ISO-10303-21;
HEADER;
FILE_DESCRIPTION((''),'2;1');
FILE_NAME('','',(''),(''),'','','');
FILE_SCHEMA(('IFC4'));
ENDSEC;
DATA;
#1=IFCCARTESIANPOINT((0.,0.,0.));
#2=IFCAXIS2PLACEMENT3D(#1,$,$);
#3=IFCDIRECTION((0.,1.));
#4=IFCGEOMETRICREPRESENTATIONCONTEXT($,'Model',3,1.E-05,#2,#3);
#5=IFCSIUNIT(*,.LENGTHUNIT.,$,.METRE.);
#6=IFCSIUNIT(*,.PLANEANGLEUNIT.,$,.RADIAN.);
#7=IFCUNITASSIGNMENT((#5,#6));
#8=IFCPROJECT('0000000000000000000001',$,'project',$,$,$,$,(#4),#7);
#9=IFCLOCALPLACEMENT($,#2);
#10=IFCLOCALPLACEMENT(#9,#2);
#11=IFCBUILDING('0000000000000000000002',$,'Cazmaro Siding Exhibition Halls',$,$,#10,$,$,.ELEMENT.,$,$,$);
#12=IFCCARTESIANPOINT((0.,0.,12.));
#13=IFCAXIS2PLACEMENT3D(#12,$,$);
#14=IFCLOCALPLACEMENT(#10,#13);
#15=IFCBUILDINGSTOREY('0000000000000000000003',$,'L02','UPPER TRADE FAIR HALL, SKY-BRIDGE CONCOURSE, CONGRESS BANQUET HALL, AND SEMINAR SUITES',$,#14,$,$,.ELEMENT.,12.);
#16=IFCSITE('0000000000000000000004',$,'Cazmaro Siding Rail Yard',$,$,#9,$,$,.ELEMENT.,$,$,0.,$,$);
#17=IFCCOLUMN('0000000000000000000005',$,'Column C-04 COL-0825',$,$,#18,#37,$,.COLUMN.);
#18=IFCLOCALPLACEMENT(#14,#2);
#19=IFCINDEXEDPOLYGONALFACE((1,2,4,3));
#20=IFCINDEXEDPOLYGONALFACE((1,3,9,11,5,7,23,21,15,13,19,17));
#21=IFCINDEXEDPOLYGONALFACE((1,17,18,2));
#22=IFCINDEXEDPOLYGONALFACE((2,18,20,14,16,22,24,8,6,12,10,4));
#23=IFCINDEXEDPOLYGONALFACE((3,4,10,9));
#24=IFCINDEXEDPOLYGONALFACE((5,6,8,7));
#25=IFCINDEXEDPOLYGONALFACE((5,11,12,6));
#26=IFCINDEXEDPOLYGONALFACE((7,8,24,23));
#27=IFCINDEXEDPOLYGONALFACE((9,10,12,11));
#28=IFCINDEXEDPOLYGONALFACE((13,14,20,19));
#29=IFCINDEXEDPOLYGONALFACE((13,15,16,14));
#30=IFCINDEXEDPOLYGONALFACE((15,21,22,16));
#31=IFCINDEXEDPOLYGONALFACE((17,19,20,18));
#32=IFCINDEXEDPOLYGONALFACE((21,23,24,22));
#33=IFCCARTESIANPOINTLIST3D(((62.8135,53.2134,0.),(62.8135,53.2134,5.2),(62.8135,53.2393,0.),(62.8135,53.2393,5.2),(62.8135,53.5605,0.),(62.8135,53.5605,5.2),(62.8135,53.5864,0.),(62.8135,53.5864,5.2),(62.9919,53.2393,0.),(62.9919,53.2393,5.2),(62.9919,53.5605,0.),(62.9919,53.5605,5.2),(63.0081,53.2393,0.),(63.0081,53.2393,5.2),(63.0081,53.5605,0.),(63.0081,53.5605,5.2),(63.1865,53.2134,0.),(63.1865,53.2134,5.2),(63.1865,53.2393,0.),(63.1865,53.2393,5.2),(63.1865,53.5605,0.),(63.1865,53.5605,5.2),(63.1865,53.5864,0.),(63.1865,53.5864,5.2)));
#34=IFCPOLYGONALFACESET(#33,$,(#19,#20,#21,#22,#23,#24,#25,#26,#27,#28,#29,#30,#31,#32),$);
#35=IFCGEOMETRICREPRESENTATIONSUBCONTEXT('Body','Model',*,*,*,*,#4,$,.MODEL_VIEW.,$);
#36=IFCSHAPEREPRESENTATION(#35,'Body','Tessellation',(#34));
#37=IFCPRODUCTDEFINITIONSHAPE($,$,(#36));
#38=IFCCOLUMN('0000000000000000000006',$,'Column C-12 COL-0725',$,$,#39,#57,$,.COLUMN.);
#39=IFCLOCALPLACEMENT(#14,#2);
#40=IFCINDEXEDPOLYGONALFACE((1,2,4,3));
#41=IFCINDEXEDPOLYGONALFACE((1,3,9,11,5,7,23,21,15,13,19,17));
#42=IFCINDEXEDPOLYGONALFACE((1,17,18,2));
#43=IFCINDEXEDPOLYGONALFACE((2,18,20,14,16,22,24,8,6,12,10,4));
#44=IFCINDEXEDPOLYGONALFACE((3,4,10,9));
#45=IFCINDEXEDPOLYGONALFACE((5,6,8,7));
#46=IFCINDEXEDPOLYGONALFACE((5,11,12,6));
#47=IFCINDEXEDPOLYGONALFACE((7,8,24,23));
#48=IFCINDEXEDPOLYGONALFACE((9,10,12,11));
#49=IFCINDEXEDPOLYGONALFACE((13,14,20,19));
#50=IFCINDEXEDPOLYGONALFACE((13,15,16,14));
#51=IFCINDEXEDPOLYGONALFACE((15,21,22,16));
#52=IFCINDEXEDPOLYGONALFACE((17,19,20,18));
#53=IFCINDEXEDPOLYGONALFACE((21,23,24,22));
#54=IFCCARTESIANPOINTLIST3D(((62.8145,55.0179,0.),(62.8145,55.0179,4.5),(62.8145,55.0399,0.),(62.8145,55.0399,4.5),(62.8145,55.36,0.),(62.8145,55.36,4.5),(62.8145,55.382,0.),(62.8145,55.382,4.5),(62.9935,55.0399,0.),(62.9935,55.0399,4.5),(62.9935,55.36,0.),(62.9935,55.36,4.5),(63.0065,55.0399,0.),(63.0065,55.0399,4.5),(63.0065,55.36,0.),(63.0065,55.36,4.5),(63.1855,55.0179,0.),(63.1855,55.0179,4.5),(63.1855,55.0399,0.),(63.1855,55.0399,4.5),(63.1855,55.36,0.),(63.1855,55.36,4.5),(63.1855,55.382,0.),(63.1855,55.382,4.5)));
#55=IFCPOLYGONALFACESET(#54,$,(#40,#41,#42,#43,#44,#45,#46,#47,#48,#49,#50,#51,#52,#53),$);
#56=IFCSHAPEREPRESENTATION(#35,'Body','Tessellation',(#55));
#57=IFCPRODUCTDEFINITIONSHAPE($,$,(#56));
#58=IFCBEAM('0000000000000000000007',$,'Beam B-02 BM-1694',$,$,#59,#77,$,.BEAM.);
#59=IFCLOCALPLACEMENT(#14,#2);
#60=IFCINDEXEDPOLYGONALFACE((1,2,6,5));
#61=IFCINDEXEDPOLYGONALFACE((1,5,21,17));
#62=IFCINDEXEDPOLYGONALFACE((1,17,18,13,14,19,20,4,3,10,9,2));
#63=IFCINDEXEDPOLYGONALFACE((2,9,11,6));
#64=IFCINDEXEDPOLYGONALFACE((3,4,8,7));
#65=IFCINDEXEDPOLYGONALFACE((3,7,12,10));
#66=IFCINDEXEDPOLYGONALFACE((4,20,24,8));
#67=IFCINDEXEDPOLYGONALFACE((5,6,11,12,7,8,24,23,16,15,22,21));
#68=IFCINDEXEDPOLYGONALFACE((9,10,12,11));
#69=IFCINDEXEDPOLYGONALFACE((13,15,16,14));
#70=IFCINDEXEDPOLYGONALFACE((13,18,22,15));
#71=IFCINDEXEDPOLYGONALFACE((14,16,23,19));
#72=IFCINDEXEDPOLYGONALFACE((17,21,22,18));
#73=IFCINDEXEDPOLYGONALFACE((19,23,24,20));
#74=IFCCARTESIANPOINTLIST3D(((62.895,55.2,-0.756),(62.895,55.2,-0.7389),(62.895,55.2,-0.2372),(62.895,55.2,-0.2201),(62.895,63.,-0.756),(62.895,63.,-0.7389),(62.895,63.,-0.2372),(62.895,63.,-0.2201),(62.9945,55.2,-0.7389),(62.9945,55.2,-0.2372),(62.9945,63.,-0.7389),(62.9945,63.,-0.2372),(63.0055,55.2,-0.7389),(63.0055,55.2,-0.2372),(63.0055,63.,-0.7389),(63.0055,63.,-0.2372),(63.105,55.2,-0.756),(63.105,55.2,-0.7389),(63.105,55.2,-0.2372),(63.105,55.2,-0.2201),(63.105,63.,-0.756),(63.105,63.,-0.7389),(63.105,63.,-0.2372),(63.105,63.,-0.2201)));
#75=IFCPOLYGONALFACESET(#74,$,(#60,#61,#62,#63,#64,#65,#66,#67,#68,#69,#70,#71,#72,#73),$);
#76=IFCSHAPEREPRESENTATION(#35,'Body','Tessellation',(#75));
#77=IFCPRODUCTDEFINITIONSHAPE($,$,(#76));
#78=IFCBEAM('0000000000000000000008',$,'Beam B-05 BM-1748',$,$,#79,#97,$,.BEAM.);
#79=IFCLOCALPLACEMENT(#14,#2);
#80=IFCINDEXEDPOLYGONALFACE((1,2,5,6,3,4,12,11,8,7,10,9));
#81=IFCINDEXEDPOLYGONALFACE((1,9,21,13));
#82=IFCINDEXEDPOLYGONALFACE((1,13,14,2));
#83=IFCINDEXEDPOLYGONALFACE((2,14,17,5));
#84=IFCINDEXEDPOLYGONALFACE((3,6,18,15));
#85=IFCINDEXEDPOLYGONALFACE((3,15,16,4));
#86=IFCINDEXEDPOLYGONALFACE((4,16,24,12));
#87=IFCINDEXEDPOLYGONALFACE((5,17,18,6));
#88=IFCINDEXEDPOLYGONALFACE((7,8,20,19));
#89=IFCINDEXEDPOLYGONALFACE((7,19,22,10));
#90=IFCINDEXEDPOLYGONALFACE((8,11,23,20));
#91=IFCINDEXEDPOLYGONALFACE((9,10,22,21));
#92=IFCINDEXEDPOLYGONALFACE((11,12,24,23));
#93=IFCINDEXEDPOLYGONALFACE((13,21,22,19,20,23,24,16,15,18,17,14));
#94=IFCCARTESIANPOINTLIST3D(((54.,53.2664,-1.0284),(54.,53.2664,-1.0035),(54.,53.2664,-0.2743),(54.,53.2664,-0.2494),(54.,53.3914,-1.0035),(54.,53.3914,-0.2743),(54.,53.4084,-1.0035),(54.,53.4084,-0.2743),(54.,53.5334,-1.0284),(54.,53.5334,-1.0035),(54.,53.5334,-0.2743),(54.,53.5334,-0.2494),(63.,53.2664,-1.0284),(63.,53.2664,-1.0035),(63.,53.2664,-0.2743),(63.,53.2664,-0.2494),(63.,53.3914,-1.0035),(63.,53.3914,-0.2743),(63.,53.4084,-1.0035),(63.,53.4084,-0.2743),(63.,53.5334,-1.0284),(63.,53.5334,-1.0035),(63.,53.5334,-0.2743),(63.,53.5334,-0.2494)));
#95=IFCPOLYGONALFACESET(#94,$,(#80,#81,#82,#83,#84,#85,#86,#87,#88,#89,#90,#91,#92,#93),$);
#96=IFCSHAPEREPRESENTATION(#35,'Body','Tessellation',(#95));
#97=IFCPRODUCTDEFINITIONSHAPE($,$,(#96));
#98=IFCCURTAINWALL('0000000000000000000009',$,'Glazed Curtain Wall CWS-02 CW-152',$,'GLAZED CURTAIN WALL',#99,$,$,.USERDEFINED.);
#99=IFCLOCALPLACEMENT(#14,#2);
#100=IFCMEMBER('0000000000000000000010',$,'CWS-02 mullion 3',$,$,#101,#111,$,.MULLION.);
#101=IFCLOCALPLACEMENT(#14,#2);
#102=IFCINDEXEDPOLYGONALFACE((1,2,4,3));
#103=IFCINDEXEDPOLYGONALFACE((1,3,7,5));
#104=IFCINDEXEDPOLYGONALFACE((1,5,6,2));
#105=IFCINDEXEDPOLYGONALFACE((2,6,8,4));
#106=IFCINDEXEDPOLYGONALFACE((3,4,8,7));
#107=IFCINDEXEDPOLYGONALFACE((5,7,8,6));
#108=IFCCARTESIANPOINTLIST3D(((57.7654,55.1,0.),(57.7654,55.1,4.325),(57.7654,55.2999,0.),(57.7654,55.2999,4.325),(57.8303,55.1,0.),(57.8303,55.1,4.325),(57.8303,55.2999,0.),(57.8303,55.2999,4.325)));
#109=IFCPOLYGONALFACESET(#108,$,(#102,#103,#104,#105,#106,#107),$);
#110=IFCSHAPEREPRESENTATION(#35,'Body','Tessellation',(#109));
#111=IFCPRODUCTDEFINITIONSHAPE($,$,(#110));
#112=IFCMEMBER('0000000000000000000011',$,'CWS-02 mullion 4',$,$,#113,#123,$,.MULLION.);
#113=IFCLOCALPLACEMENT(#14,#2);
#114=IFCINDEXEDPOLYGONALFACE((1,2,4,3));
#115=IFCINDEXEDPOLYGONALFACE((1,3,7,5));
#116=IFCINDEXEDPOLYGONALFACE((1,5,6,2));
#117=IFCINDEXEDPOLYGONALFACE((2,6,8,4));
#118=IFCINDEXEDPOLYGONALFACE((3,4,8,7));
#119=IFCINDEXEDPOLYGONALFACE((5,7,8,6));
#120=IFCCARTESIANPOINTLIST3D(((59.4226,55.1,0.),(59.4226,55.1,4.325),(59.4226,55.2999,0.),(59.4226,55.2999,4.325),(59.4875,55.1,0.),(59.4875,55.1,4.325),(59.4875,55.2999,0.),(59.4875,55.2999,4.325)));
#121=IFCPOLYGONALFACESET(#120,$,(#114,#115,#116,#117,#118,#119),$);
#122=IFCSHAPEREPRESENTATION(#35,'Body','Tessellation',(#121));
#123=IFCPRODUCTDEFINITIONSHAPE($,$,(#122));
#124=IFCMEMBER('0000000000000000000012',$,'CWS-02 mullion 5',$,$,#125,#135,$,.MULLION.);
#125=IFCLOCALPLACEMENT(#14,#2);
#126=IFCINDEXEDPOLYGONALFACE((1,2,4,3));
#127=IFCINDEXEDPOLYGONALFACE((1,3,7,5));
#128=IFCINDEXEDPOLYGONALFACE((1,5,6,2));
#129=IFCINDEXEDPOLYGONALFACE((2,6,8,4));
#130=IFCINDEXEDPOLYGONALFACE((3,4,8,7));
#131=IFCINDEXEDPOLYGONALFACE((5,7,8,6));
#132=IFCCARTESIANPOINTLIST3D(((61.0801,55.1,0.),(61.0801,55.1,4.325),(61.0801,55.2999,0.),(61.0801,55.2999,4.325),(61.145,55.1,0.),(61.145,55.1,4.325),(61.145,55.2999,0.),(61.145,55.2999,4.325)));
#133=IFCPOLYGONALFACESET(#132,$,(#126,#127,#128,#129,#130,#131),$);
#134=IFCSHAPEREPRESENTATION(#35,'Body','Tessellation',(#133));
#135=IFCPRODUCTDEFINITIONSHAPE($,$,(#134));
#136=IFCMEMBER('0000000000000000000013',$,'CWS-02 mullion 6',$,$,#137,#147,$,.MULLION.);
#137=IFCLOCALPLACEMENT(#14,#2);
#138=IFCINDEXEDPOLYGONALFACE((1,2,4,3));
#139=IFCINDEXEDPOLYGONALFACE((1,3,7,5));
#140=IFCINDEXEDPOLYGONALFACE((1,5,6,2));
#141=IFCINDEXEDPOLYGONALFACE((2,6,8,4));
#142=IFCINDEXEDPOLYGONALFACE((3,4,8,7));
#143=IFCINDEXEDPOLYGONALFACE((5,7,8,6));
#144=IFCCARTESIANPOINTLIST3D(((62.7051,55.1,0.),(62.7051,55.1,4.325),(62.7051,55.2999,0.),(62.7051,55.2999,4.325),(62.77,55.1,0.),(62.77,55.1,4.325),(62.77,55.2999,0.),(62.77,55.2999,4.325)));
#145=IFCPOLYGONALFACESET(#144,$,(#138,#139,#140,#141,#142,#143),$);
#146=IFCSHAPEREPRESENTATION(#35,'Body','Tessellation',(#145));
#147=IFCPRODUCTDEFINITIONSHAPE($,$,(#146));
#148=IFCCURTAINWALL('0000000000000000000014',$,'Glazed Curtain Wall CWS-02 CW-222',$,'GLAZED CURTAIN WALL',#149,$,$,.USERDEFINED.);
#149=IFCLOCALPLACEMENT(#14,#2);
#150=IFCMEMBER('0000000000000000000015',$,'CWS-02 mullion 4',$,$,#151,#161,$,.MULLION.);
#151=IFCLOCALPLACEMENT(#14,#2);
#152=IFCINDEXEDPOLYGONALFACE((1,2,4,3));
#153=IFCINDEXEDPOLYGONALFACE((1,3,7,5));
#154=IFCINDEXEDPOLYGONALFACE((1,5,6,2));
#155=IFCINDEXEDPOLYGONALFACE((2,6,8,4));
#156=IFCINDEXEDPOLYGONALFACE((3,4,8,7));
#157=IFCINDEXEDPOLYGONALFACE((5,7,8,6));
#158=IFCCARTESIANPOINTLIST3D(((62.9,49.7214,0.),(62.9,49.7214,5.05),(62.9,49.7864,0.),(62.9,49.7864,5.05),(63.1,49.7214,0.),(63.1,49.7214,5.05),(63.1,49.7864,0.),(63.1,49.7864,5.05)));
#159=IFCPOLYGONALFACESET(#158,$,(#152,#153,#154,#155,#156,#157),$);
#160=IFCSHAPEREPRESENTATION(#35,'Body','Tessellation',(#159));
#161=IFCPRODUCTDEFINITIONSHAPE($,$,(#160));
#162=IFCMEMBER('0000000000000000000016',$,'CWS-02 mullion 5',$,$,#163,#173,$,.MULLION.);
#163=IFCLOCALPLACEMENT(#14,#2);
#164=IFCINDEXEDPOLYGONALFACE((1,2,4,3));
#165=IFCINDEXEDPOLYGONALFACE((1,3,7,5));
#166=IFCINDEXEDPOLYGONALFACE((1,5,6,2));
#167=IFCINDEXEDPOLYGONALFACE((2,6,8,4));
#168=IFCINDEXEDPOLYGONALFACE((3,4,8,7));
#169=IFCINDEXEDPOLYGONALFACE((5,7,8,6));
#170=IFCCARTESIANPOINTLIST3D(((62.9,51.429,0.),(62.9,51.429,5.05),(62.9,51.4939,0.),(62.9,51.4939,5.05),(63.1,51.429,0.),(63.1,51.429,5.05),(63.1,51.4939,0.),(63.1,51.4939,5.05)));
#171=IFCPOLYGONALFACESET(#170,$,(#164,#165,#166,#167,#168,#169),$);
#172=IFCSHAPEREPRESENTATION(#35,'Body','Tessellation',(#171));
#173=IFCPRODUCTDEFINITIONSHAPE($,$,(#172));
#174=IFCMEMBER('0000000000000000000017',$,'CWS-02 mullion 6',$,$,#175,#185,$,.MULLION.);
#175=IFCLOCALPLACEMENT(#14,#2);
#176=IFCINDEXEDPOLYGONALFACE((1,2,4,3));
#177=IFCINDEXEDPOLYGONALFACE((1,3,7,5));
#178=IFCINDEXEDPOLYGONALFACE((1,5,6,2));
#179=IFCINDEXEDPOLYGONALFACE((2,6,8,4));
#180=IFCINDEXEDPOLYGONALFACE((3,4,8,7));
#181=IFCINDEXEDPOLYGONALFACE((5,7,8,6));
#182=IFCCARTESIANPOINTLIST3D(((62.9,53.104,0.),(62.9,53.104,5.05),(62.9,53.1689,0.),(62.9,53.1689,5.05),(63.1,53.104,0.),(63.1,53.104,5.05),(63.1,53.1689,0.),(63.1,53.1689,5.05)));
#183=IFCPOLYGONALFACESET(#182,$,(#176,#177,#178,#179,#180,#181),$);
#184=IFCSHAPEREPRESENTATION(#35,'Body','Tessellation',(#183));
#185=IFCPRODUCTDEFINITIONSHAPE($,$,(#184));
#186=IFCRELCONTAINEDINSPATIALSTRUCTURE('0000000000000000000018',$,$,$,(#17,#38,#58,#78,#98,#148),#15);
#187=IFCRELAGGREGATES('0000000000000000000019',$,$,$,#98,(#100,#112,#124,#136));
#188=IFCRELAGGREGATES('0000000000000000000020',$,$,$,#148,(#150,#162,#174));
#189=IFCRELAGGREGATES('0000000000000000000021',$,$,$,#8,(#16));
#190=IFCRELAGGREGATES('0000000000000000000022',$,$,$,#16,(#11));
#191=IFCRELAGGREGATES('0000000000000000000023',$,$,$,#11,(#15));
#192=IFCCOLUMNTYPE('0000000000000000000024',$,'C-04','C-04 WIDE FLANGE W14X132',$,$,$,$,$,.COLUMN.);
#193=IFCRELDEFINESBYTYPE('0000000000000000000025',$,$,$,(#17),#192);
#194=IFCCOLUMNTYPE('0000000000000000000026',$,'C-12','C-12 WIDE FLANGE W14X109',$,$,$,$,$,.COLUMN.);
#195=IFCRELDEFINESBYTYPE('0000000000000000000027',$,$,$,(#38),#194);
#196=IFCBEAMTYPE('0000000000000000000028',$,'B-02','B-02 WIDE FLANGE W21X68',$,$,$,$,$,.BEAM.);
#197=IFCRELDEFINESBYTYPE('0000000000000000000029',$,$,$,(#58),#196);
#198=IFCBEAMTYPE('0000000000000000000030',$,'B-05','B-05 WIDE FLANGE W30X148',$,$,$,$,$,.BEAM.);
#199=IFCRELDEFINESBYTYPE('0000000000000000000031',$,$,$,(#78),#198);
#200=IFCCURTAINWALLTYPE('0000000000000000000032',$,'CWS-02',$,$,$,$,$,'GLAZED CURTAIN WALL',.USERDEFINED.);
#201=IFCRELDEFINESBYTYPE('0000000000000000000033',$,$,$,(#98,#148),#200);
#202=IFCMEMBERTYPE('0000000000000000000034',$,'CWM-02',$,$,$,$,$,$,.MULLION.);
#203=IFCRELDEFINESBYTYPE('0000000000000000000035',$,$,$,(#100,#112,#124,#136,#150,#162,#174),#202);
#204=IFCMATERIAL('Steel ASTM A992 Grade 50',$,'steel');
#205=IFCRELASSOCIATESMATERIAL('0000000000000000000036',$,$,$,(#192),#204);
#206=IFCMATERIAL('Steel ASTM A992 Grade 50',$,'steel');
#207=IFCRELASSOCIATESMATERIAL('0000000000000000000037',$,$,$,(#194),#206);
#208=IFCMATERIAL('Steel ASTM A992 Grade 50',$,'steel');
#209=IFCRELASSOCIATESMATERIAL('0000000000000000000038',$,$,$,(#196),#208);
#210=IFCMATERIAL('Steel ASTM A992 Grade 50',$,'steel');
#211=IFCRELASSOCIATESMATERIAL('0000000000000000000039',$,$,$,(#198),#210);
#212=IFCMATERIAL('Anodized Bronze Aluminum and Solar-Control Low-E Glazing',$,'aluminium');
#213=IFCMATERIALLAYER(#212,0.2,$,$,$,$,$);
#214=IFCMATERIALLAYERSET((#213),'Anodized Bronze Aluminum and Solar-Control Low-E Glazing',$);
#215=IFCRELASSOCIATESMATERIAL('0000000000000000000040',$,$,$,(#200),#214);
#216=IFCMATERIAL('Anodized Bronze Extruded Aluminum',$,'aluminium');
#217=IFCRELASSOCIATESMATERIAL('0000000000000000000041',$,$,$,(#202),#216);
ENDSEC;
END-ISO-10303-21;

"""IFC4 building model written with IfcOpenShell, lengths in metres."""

from ifc_helpers import new_model, si_unit, direction, frame, origin, origin_2d, place, context, subcontext, project, spatial, rectangle, i_section, extrude, material, layer, layer_set, material_profile, profile_set, type_object, element, aggregate, save


model = new_model("IFC4")

# Units and contexts
model_context = context("Model", 3, precision=1e-05, world=origin(), true_north=direction((0.0, 1.0)))
body_context = subcontext(model_context, "Body", "Model", "MODEL_VIEW")
ifc_project = project(units=[si_unit("LENGTHUNIT", "METRE"), si_unit("PLANEANGLEUNIT", "RADIAN")], contexts=[model_context])

# Site, building, storey
site_placement = place(None, origin())
site = spatial("IfcSite", under=ifc_project, at=site_placement, Name="Cazmaro Siding Rail Yard", CompositionType="ELEMENT", RefElevation=0.0)
building_placement = place(site_placement, origin())
building = spatial("IfcBuilding", under=site, at=building_placement, Name="Cazmaro Siding Exhibition Halls", CompositionType="ELEMENT")
storey_placement = place(building_placement, frame((0.0, 0.0, 12.0)))
storey = spatial("IfcBuildingStorey", under=building, at=storey_placement, Name="L02", Description="UPPER TRADE FAIR HALL, SKY-BRIDGE CONCOURSE, CONGRESS BANQUET HALL, AND SEMINAR SUITES", CompositionType="ELEMENT", Elevation=12.0)

# Columns
ifc_material_1 = material(Name="Steel ASTM A992 Grade 50", Category="steel")
ifc_material_profile_1 = material_profile(ifc_material_1, i_section(OverallWidth=0.373, OverallDepth=0.373, WebThickness=0.0161, FlangeThickness=0.0259, at=origin_2d()), Name="W14X132")
ifc_profile_set_1 = profile_set([ifc_material_profile_1], Name="Steel ASTM A992 Grade 50")
column_type_1 = type_object("IfcColumnType", Name="C-04", Description="C-04 WIDE FLANGE W14X132", PredefinedType="COLUMN", material=ifc_profile_set_1)
column_1_placement = place(storey_placement, frame((63.0, 53.3999, 0.0), z_axis=(0.0, 0.0, 1.0), x_axis=(1.0, 0.0, 0.0)))
element("IfcColumn", 1, at=column_1_placement, inside=storey, type_object=column_type_1, Name="Column C-04 COL-0825", PredefinedType="COLUMN", context=body_context, shape_type="SweptSolid", body=[
    extrude(i_section(OverallWidth=0.373, OverallDepth=0.373, WebThickness=0.0161, FlangeThickness=0.0259, at=origin_2d()), origin(), (0.0, 0.0, 1.0), 5.2),
])
ifc_material_2 = material(Name="Steel ASTM A992 Grade 50", Category="steel")
ifc_material_profile_2 = material_profile(ifc_material_2, i_section(OverallWidth=0.3711, OverallDepth=0.364, WebThickness=0.0129, FlangeThickness=0.022, at=origin_2d()), Name="W14X109")
ifc_profile_set_2 = profile_set([ifc_material_profile_2], Name="Steel ASTM A992 Grade 50")
column_type_2 = type_object("IfcColumnType", Name="C-12", Description="C-12 WIDE FLANGE W14X109", PredefinedType="COLUMN", material=ifc_profile_set_2)
column_2_placement = place(storey_placement, frame((63.0, 55.2, 0.0), z_axis=(0.0, 0.0, 1.0), x_axis=(1.0, 0.0, 0.0)))
element("IfcColumn", 2, at=column_2_placement, inside=storey, type_object=column_type_2, Name="Column C-12 COL-0725", PredefinedType="COLUMN", context=body_context, shape_type="SweptSolid", body=[
    extrude(i_section(OverallWidth=0.3711, OverallDepth=0.364, WebThickness=0.0129, FlangeThickness=0.022, at=origin_2d()), origin(), (0.0, 0.0, 1.0), 4.5),
])

# Beams
ifc_material_3 = material(Name="Steel ASTM A992 Grade 50", Category="steel")
ifc_material_profile_3 = material_profile(ifc_material_3, i_section(OverallWidth=0.21, OverallDepth=0.5359, WebThickness=0.011, FlangeThickness=0.0171, at=origin_2d()), Name="W21X68")
ifc_profile_set_3 = profile_set([ifc_material_profile_3], Name="Steel ASTM A992 Grade 50")
beam_type_1 = type_object("IfcBeamType", Name="B-02", Description="B-02 WIDE FLANGE W21X68", PredefinedType="BEAM", material=ifc_profile_set_3)
beam_1_placement = place(storey_placement, frame((63.0, 55.2, -0.488), z_axis=(0.0, 1.0, 0.0), x_axis=(-1.0, 0.0, 0.0)))
element("IfcBeam", 3, at=beam_1_placement, inside=storey, type_object=beam_type_1, Name="Beam B-02 BM-1694", PredefinedType="BEAM", context=body_context, shape_type="SweptSolid", body=[
    extrude(i_section(OverallWidth=0.21, OverallDepth=0.5359, WebThickness=0.011, FlangeThickness=0.0171, at=origin_2d()), origin(), (0.0, 0.0, 1.0), 7.8),
])
ifc_material_4 = material(Name="Steel ASTM A992 Grade 50", Category="steel")
ifc_material_profile_4 = material_profile(ifc_material_4, i_section(OverallWidth=0.2671, OverallDepth=0.7791, WebThickness=0.0171, FlangeThickness=0.0249, at=origin_2d()), Name="W30X148")
ifc_profile_set_4 = profile_set([ifc_material_profile_4], Name="Steel ASTM A992 Grade 50")
beam_type_2 = type_object("IfcBeamType", Name="B-05", Description="B-05 WIDE FLANGE W30X148", PredefinedType="BEAM", material=ifc_profile_set_4)
beam_2_placement = place(storey_placement, frame((63.0, 53.3999, -0.6389), z_axis=(-1.0, 0.0, 0.0), x_axis=(0.0, -1.0, 0.0)))
element("IfcBeam", 4, at=beam_2_placement, inside=storey, type_object=beam_type_2, Name="Beam B-05 BM-1748", PredefinedType="BEAM", context=body_context, shape_type="SweptSolid", body=[
    extrude(i_section(OverallWidth=0.2671, OverallDepth=0.7791, WebThickness=0.0171, FlangeThickness=0.0249, at=origin_2d()), origin(), (0.0, 0.0, 1.0), 9.0),
])

# Curtain walls, members
ifc_material_5 = material(Name="Anodized Bronze Aluminum and Solar-Control Low-E Glazing", Category="aluminium")
ifc_layer_1 = layer(ifc_material_5, 0.2)
ifc_layer_set_1 = layer_set([ifc_layer_1], Name="Anodized Bronze Aluminum and Solar-Control Low-E Glazing")
curtain_wall_type = type_object("IfcCurtainWallType", Name="CWS-02", ElementType="GLAZED CURTAIN WALL", PredefinedType="USERDEFINED", material=ifc_layer_set_1)
curtain_wall_1_placement = place(storey_placement, origin())
curtain_wall_1 = element("IfcCurtainWall", 5, at=curtain_wall_1_placement, inside=storey, type_object=curtain_wall_type, Name="Glazed Curtain Wall CWS-02 CW-152", ObjectType="GLAZED CURTAIN WALL", PredefinedType="USERDEFINED")
ifc_material_6 = material(Name="Anodized Bronze Extruded Aluminum", Category="aluminium")
ifc_material_profile_5 = material_profile(ifc_material_6, rectangle(XDim=0.2, YDim=0.0649, at=origin_2d()), Name="CWM-02")
ifc_profile_set_5 = profile_set([ifc_material_profile_5], Name="Anodized Bronze Extruded Aluminum")
member_type_1 = type_object("IfcMemberType", Name="CWM-02", PredefinedType="MULLION", material=ifc_profile_set_5)
member_1_placement = place(storey_placement, frame((57.7979, 55.2, 0.0), z_axis=(0.0, 0.0, 1.0), x_axis=(0.0, 1.0, 0.0)))
member_1 = element("IfcMember", 6, at=member_1_placement, type_object=member_type_1, Name="CWS-02 mullion 3", PredefinedType="MULLION", context=body_context, shape_type="SweptSolid", body=[
    extrude(rectangle(XDim=0.2, YDim=0.0649, at=origin_2d()), origin(), (0.0, 0.0, 1.0), 4.325),
])
member_2_placement = place(storey_placement, frame((59.4551, 55.2, 0.0), z_axis=(0.0, 0.0, 1.0), x_axis=(0.0, 1.0, 0.0)))
member_2 = element("IfcMember", 7, at=member_2_placement, type_object=member_type_1, Name="CWS-02 mullion 4", PredefinedType="MULLION", context=body_context, shape_type="SweptSolid", body=[
    extrude(rectangle(XDim=0.2, YDim=0.0649, at=origin_2d()), origin(), (0.0, 0.0, 1.0), 4.325),
])
member_3_placement = place(storey_placement, frame((61.1125, 55.2, 0.0), z_axis=(0.0, 0.0, 1.0), x_axis=(0.0, 1.0, 0.0)))
member_3 = element("IfcMember", 8, at=member_3_placement, type_object=member_type_1, Name="CWS-02 mullion 5", PredefinedType="MULLION", context=body_context, shape_type="SweptSolid", body=[
    extrude(rectangle(XDim=0.2, YDim=0.0649, at=origin_2d()), origin(), (0.0, 0.0, 1.0), 4.325),
])
member_4_placement = place(storey_placement, frame((62.7375, 55.2, 0.0), z_axis=(0.0, 0.0, 1.0), x_axis=(0.0, 1.0, 0.0)))
member_4 = element("IfcMember", 9, at=member_4_placement, type_object=member_type_1, Name="CWS-02 mullion 6", PredefinedType="MULLION", context=body_context, shape_type="SweptSolid", body=[
    extrude(rectangle(XDim=0.2, YDim=0.0649, at=origin_2d()), origin(), (0.0, 0.0, 1.0), 4.325),
])
curtain_wall_2_placement = place(storey_placement, origin())
curtain_wall_2 = element("IfcCurtainWall", 10, at=curtain_wall_2_placement, inside=storey, type_object=curtain_wall_type, Name="Glazed Curtain Wall CWS-02 CW-222", ObjectType="GLAZED CURTAIN WALL", PredefinedType="USERDEFINED")
member_5_placement = place(storey_placement, frame((63.0, 49.7539, 0.0), z_axis=(0.0, 0.0, 1.0), x_axis=(-1.0, 0.0, 0.0)))
member_5 = element("IfcMember", 11, at=member_5_placement, type_object=member_type_1, Name="CWS-02 mullion 4", PredefinedType="MULLION", context=body_context, shape_type="SweptSolid", body=[
    extrude(rectangle(XDim=0.2, YDim=0.0649, at=origin_2d()), origin(), (0.0, 0.0, 1.0), 5.05),
])
member_6_placement = place(storey_placement, frame((63.0, 51.4614, 0.0), z_axis=(0.0, 0.0, 1.0), x_axis=(-1.0, 0.0, 0.0)))
member_6 = element("IfcMember", 12, at=member_6_placement, type_object=member_type_1, Name="CWS-02 mullion 5", PredefinedType="MULLION", context=body_context, shape_type="SweptSolid", body=[
    extrude(rectangle(XDim=0.2, YDim=0.0649, at=origin_2d()), origin(), (0.0, 0.0, 1.0), 5.05),
])
member_7_placement = place(storey_placement, frame((63.0, 53.1365, 0.0), z_axis=(0.0, 0.0, 1.0), x_axis=(-1.0, 0.0, 0.0)))
member_7 = element("IfcMember", 13, at=member_7_placement, type_object=member_type_1, Name="CWS-02 mullion 6", PredefinedType="MULLION", context=body_context, shape_type="SweptSolid", body=[
    extrude(rectangle(XDim=0.2, YDim=0.0649, at=origin_2d()), origin(), (0.0, 0.0, 1.0), 5.05),
])

aggregate(curtain_wall_1, [member_1, member_2, member_3, member_4])
aggregate(curtain_wall_2, [member_5, member_6, member_7])

save(model, "model.ifc")
